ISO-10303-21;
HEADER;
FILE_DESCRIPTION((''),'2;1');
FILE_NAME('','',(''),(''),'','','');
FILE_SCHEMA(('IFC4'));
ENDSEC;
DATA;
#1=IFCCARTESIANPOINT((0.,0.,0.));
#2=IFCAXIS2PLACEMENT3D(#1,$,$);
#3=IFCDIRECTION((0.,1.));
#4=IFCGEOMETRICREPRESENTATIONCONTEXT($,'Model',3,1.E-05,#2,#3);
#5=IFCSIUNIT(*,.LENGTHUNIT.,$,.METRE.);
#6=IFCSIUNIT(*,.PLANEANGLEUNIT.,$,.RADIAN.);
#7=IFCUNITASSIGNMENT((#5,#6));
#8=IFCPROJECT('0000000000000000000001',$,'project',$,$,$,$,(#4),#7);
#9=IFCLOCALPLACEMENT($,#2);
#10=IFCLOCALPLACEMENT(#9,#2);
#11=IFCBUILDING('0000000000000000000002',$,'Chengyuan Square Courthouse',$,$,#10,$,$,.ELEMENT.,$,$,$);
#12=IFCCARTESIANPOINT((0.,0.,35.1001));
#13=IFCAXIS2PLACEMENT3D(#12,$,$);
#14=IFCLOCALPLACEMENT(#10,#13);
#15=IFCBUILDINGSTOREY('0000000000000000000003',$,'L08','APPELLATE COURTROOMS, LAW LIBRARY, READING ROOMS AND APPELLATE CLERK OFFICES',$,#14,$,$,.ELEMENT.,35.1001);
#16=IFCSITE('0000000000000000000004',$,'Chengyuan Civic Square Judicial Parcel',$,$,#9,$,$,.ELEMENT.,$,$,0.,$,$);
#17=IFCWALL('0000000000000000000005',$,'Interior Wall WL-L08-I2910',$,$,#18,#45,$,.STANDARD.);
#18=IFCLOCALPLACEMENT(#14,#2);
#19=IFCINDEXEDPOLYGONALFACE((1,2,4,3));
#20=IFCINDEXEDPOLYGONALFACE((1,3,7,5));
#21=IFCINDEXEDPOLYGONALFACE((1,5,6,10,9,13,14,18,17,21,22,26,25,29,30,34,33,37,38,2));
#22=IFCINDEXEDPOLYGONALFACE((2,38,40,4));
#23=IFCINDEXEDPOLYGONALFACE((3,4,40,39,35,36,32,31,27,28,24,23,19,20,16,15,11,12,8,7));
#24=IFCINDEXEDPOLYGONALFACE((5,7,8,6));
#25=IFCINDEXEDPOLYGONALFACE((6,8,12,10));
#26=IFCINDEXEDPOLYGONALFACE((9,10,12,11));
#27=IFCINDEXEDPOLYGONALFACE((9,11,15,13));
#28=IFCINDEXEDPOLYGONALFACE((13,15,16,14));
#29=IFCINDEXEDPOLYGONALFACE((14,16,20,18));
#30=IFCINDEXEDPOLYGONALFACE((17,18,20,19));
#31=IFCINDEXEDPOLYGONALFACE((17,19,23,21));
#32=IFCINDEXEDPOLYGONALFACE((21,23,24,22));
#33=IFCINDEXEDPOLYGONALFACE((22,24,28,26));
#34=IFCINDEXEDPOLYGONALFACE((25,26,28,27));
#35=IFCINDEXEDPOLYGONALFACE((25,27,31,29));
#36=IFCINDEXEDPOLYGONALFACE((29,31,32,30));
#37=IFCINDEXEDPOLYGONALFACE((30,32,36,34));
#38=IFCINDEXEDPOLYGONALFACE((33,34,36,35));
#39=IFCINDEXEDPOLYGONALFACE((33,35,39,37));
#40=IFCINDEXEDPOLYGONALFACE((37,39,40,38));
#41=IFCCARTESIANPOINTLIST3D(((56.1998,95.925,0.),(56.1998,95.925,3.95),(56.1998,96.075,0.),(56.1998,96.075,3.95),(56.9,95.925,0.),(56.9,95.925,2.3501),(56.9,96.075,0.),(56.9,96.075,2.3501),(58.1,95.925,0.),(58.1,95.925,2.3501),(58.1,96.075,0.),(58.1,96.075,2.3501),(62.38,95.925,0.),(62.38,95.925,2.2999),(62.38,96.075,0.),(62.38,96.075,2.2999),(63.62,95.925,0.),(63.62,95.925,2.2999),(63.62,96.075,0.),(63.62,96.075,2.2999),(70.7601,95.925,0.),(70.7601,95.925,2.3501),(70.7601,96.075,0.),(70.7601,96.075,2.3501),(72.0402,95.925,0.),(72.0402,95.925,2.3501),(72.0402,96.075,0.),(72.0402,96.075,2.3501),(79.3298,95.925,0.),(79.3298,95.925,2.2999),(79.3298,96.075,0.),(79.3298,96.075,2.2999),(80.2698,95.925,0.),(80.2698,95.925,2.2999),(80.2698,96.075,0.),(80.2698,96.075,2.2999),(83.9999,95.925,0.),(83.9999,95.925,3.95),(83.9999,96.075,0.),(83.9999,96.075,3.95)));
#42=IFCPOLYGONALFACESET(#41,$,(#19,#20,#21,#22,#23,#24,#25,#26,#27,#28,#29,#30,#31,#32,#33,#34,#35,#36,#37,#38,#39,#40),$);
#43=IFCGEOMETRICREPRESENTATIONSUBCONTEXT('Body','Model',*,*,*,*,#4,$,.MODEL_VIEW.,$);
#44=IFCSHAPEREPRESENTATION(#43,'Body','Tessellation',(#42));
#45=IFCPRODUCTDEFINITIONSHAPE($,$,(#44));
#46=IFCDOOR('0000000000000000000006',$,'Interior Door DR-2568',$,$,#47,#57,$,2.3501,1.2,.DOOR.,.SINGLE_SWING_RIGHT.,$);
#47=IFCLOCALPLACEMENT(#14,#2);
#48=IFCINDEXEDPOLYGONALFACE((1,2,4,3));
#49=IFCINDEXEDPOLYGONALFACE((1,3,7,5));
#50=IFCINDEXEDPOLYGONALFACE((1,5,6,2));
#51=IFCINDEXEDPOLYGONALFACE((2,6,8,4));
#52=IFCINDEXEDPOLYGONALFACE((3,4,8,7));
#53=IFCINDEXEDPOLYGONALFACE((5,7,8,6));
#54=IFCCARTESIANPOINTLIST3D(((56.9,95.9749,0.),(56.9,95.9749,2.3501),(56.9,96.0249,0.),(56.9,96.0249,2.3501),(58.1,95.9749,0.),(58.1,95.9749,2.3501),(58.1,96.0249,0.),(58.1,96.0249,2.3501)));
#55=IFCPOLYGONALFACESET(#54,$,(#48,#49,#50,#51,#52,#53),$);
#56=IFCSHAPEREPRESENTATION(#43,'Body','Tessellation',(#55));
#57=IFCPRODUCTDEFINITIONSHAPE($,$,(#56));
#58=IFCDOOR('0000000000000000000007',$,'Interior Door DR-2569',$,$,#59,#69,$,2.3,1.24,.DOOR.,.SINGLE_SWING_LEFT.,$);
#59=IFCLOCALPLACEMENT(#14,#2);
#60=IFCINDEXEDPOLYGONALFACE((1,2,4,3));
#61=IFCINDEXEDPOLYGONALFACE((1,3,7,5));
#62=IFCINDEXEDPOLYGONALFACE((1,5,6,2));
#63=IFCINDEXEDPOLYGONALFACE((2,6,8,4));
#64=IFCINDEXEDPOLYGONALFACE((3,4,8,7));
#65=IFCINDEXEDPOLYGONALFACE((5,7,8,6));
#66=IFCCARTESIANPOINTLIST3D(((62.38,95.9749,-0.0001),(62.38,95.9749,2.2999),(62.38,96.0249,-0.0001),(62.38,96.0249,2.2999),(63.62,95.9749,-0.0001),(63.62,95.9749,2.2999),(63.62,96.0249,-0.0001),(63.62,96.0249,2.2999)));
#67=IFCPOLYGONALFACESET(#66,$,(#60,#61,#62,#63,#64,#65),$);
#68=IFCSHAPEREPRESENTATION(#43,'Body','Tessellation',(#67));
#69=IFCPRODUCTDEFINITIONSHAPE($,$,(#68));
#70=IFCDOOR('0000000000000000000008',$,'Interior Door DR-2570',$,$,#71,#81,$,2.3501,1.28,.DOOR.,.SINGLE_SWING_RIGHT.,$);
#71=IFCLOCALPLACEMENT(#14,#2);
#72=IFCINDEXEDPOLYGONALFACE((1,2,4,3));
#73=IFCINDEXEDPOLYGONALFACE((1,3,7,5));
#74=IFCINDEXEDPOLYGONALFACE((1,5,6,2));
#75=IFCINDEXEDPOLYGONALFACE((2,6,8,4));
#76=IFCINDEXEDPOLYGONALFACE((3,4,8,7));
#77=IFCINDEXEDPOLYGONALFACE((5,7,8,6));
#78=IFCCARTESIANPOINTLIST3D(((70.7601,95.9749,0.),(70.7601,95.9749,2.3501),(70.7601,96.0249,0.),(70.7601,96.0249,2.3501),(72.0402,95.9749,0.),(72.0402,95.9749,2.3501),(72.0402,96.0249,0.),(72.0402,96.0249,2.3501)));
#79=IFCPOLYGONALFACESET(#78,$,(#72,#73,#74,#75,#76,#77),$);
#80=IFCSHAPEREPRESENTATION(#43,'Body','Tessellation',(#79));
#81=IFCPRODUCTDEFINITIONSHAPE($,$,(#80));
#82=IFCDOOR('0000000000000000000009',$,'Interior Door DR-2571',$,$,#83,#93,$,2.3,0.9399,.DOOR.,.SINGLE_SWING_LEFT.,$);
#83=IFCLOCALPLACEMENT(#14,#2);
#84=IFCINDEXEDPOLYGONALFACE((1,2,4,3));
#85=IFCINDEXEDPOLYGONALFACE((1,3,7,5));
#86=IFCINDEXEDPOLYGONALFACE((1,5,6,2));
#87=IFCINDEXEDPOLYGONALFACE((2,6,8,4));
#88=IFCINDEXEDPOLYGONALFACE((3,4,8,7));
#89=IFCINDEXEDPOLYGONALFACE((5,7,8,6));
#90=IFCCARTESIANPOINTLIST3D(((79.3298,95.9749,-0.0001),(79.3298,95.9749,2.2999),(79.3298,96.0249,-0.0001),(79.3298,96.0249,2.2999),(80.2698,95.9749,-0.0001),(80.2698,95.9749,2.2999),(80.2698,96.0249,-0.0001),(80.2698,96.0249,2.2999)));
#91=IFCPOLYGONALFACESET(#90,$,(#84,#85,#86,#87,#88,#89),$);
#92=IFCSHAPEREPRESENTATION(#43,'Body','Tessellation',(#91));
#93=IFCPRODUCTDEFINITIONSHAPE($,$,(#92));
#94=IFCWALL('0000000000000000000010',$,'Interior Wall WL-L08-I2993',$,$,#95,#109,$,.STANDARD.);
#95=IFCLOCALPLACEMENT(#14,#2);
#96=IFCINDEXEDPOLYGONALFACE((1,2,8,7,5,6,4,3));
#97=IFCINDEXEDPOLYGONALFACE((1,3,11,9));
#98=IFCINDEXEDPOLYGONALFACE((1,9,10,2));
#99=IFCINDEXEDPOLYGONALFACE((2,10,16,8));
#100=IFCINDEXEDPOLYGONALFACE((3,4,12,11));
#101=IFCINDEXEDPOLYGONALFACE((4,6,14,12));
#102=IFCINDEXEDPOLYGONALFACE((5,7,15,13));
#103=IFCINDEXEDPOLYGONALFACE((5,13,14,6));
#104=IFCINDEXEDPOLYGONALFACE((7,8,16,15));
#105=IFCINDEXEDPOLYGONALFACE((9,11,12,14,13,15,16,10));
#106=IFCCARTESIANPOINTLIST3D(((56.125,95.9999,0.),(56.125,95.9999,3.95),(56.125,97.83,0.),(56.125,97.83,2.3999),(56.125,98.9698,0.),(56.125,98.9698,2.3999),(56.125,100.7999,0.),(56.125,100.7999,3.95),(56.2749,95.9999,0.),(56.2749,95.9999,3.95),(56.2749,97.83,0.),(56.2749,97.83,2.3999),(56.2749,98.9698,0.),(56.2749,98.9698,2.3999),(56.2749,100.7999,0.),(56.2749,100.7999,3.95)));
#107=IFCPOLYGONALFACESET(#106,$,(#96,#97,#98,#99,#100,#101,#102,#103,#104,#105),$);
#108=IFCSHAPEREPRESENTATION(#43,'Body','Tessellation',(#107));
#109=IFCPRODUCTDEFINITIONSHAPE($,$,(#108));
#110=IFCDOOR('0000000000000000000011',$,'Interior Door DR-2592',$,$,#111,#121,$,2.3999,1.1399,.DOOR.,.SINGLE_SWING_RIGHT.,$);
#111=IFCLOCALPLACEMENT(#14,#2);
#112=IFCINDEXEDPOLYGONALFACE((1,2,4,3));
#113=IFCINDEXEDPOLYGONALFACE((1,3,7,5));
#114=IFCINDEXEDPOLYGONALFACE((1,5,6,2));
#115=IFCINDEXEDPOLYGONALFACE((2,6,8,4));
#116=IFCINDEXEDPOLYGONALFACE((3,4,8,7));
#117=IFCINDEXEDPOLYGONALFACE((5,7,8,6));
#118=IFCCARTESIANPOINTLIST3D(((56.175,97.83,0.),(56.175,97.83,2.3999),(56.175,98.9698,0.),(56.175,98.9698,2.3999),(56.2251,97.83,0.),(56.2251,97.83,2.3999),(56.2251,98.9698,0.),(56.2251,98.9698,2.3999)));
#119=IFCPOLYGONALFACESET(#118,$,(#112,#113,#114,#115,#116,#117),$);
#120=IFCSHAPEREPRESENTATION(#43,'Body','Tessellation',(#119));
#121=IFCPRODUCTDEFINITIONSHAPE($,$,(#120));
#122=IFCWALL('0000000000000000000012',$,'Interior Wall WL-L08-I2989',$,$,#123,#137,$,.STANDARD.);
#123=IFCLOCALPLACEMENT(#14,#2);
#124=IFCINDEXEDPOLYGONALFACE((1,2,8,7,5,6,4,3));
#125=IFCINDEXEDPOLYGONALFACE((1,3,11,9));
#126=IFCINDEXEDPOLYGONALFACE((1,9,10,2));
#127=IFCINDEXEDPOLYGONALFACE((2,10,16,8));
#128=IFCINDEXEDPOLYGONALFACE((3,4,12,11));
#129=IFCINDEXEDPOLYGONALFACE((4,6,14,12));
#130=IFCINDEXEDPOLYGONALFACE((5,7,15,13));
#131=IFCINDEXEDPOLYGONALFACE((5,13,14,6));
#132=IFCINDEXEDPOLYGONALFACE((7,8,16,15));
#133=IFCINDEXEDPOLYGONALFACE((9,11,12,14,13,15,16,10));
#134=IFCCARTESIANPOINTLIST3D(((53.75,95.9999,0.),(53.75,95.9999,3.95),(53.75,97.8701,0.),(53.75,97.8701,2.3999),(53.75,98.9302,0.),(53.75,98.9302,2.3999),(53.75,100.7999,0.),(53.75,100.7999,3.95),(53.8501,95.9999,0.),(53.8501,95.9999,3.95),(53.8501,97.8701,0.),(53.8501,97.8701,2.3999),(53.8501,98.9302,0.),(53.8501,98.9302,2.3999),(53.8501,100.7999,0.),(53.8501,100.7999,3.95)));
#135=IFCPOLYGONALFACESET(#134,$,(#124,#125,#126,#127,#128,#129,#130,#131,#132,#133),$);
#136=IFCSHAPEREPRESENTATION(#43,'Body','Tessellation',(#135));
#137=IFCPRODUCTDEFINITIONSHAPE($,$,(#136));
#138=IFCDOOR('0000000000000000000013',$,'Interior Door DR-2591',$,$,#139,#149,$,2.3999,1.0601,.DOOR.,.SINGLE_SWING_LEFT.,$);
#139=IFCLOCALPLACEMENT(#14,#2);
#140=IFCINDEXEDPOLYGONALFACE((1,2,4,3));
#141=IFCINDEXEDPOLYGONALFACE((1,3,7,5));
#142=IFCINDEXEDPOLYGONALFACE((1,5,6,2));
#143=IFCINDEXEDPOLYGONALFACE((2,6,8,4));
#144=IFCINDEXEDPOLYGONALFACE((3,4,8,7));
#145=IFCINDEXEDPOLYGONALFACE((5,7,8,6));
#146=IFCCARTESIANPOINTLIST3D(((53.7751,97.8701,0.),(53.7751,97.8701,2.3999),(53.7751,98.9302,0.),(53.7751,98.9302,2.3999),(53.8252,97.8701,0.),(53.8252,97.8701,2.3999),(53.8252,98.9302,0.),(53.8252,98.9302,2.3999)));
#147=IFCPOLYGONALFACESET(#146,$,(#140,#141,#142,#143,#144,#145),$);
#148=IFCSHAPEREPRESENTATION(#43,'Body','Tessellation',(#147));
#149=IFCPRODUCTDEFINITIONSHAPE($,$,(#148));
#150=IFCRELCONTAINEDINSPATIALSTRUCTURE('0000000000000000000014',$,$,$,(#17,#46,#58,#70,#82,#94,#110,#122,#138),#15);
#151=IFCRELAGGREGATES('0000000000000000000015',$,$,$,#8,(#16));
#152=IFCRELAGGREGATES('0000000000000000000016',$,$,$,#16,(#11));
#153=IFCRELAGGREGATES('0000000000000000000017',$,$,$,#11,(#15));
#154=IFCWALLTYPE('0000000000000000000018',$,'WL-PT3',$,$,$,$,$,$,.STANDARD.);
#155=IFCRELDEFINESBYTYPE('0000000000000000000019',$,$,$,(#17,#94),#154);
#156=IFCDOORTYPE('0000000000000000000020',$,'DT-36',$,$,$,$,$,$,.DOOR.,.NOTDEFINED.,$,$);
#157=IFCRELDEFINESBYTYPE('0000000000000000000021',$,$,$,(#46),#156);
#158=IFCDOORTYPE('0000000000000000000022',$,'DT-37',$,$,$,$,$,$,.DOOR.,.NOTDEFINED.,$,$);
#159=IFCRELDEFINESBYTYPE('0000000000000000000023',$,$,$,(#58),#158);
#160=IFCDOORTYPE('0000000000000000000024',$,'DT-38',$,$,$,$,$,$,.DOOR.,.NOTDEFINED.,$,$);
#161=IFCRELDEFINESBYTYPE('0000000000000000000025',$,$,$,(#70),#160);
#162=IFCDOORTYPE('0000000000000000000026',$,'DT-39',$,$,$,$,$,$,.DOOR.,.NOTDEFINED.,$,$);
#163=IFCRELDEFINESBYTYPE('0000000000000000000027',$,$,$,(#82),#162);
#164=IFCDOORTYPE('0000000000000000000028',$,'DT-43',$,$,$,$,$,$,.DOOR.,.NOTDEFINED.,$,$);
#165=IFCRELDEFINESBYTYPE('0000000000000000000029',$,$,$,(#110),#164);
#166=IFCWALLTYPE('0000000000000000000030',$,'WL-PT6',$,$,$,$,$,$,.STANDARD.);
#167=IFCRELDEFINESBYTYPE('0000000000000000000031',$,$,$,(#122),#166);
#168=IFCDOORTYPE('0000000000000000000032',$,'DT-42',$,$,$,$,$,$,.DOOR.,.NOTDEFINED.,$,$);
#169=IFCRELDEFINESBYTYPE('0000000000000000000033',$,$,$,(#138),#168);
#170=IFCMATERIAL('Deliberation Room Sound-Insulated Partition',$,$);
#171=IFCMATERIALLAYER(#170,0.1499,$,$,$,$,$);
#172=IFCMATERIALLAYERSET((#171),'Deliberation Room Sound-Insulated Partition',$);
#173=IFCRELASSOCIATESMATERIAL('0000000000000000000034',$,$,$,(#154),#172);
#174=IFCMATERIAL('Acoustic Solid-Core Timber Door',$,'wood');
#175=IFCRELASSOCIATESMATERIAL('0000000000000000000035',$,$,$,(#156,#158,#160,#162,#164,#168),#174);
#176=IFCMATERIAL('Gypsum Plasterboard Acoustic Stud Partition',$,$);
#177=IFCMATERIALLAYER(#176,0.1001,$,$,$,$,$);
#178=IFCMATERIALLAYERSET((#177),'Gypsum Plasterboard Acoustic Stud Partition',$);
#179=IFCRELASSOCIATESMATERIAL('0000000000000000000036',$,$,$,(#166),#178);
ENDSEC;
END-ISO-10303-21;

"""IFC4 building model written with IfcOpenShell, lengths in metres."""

from ifc_helpers import new_model, si_unit, direction, frame, frame_2d, origin, place, context, subcontext, project, spatial, rectangle, extrude, material, layer, layer_set, type_object, element, fill, save


model = new_model("IFC4")

# Units and contexts
model_context = context("Model", 3, precision=1e-05, world=origin(), true_north=direction((0.0, 1.0)))
body_context = subcontext(model_context, "Body", "Model", "MODEL_VIEW")
ifc_project = project(units=[si_unit("LENGTHUNIT", "METRE"), si_unit("PLANEANGLEUNIT", "RADIAN")], contexts=[model_context])

# Site, building, storey
site_placement = place(None, origin())
site = spatial("IfcSite", under=ifc_project, at=site_placement, Name="Chengyuan Civic Square Judicial Parcel", CompositionType="ELEMENT", RefElevation=0.0)
building_placement = place(site_placement, origin())
building = spatial("IfcBuilding", under=site, at=building_placement, Name="Chengyuan Square Courthouse", CompositionType="ELEMENT")
storey_placement = place(building_placement, frame((0.0, 0.0, 35.1001)))
storey = spatial("IfcBuildingStorey", under=building, at=storey_placement, Name="L08", Description="APPELLATE COURTROOMS, LAW LIBRARY, READING ROOMS AND APPELLATE CLERK OFFICES", CompositionType="ELEMENT", Elevation=35.1001)

# Wall, openings, doors
ifc_material_1 = material(Name="Deliberation Room Sound-Insulated Partition")
ifc_layer_1 = layer(ifc_material_1, 0.1499)
ifc_layer_set_1 = layer_set([ifc_layer_1], Name="Deliberation Room Sound-Insulated Partition")
wall_type_1 = type_object("IfcWallType", Name="WL-PT3", PredefinedType="STANDARD", material=ifc_layer_set_1)
wall_1_placement = place(storey_placement, frame((56.2, 96.0, 0.0), z_axis=(0.0, 0.0, 1.0), x_axis=(1.0, 0.0, 0.0)))
wall_1 = element("IfcWall", 1, at=wall_1_placement, inside=storey, type_object=wall_type_1, Name="Interior Wall WL-L08-I2910", PredefinedType="STANDARD", context=body_context, shape_type="SweptSolid", body=[
    extrude(rectangle(XDim=27.8, YDim=0.1499, at=frame_2d((13.8999, 0.0))), origin(), (0.0, 0.0, 1.0), 3.95),
])
opening_1_placement = place(wall_1_placement, frame((0.7, 0.0, 0.0)))
opening_1 = element("IfcOpeningElement", 2, at=opening_1_placement, cuts=wall_1, PredefinedType="OPENING", context=body_context, shape_type="SweptSolid", body=[
    extrude(rectangle(XDim=1.2, YDim=2.3501, at=frame_2d((0.6001, 1.175))), frame((0.0, 0.0869, 0.0), z_axis=(0.0, -1.0, 0.0), x_axis=(1.0, 0.0, 0.0)), (0.0, 0.0, 1.0), 0.1738),
])
opening_2_placement = place(wall_1_placement, frame((6.1799, 0.0, 0.0)))
opening_2 = element("IfcOpeningElement", 3, at=opening_2_placement, cuts=wall_1, PredefinedType="OPENING", context=body_context, shape_type="SweptSolid", body=[
    extrude(rectangle(XDim=1.24, YDim=2.3, at=frame_2d((0.6201, 1.1499))), frame((0.0, 0.0869, 0.0), z_axis=(0.0, -1.0, 0.0), x_axis=(1.0, 0.0, 0.0)), (0.0, 0.0, 1.0), 0.1738),
])
opening_3_placement = place(wall_1_placement, frame((14.5601, 0.0, 0.0)))
opening_3 = element("IfcOpeningElement", 4, at=opening_3_placement, cuts=wall_1, PredefinedType="OPENING", context=body_context, shape_type="SweptSolid", body=[
    extrude(rectangle(XDim=1.28, YDim=2.3501, at=frame_2d((0.6401, 1.175))), frame((0.0, 0.0869, 0.0), z_axis=(0.0, -1.0, 0.0), x_axis=(1.0, 0.0, 0.0)), (0.0, 0.0, 1.0), 0.1738),
])
opening_4_placement = place(wall_1_placement, frame((23.1299, 0.0, 0.0)))
opening_4 = element("IfcOpeningElement", 5, at=opening_4_placement, cuts=wall_1, PredefinedType="OPENING", context=body_context, shape_type="SweptSolid", body=[
    extrude(rectangle(XDim=0.9399, YDim=2.3, at=frame_2d((0.47, 1.1499))), frame((0.0, 0.0869, 0.0), z_axis=(0.0, -1.0, 0.0), x_axis=(1.0, 0.0, 0.0)), (0.0, 0.0, 1.0), 0.1738),
])
ifc_material_2 = material(Name="Acoustic Solid-Core Timber Door", Category="wood")
door_type_1 = type_object("IfcDoorType", Name="DT-36", OperationType="NOTDEFINED", PredefinedType="DOOR", material=ifc_material_2)
door_1_placement = place(opening_1_placement, origin())
door_1 = element("IfcDoor", 6, at=door_1_placement, inside=storey, type_object=door_type_1, Name="Interior Door DR-2568", OperationType="SINGLE_SWING_RIGHT", OverallHeight=2.3501, OverallWidth=1.2, PredefinedType="DOOR", context=body_context, shape_type="SweptSolid", body=[
    extrude(rectangle(XDim=1.2, YDim=2.3501, at=frame_2d((0.6001, 1.175))), frame((0.0, 0.0249, 0.0), z_axis=(0.0, -1.0, 0.0), x_axis=(1.0, 0.0, 0.0)), (0.0, 0.0, 1.0), 0.05),
])
fill(opening_1, door_1)
door_type_2 = type_object("IfcDoorType", Name="DT-37", OperationType="NOTDEFINED", PredefinedType="DOOR", material=ifc_material_2)
door_2_placement = place(opening_2_placement, origin())
door_2 = element("IfcDoor", 7, at=door_2_placement, inside=storey, type_object=door_type_2, Name="Interior Door DR-2569", OperationType="SINGLE_SWING_LEFT", OverallHeight=2.3, OverallWidth=1.24, PredefinedType="DOOR", context=body_context, shape_type="SweptSolid", body=[
    extrude(rectangle(XDim=1.24, YDim=2.3, at=frame_2d((0.6201, 1.1499))), frame((0.0, 0.0249, 0.0), z_axis=(0.0, -1.0, 0.0), x_axis=(1.0, 0.0, 0.0)), (0.0, 0.0, 1.0), 0.05),
])
fill(opening_2, door_2)
door_type_3 = type_object("IfcDoorType", Name="DT-38", OperationType="NOTDEFINED", PredefinedType="DOOR", material=ifc_material_2)
door_3_placement = place(opening_3_placement, origin())
door_3 = element("IfcDoor", 8, at=door_3_placement, inside=storey, type_object=door_type_3, Name="Interior Door DR-2570", OperationType="SINGLE_SWING_RIGHT", OverallHeight=2.3501, OverallWidth=1.28, PredefinedType="DOOR", context=body_context, shape_type="SweptSolid", body=[
    extrude(rectangle(XDim=1.28, YDim=2.3501, at=frame_2d((0.6401, 1.175))), frame((0.0, 0.0249, 0.0), z_axis=(0.0, -1.0, 0.0), x_axis=(1.0, 0.0, 0.0)), (0.0, 0.0, 1.0), 0.05),
])
fill(opening_3, door_3)
door_type_4 = type_object("IfcDoorType", Name="DT-39", OperationType="NOTDEFINED", PredefinedType="DOOR", material=ifc_material_2)
door_4_placement = place(opening_4_placement, origin())
door_4 = element("IfcDoor", 9, at=door_4_placement, inside=storey, type_object=door_type_4, Name="Interior Door DR-2571", OperationType="SINGLE_SWING_LEFT", OverallHeight=2.3, OverallWidth=0.9399, PredefinedType="DOOR", context=body_context, shape_type="SweptSolid", body=[
    extrude(rectangle(XDim=0.9399, YDim=2.3, at=frame_2d((0.47, 1.1499))), frame((0.0, 0.0249, 0.0), z_axis=(0.0, -1.0, 0.0), x_axis=(1.0, 0.0, 0.0)), (0.0, 0.0, 1.0), 0.05),
])
fill(opening_4, door_4)

# Walls, openings, doors
wall_2_placement = place(storey_placement, frame((56.2, 96.0, 0.0), z_axis=(0.0, 0.0, 1.0), x_axis=(0.0, 1.0, 0.0)))
wall_2 = element("IfcWall", 10, at=wall_2_placement, inside=storey, type_object=wall_type_1, Name="Interior Wall WL-L08-I2993", PredefinedType="STANDARD", context=body_context, shape_type="SweptSolid", body=[
    extrude(rectangle(XDim=4.8, YDim=0.1499, at=frame_2d((2.3999, 0.0))), origin(), (0.0, 0.0, 1.0), 3.95),
])
opening_5_placement = place(wall_2_placement, frame((1.8301, 0.0, 0.0)))
opening_5 = element("IfcOpeningElement", 11, at=opening_5_placement, cuts=wall_2, PredefinedType="OPENING", context=body_context, shape_type="SweptSolid", body=[
    extrude(rectangle(XDim=1.1399, YDim=2.3999, at=frame_2d((0.5698, 1.2))), frame((0.0, 0.0869, 0.0), z_axis=(0.0, -1.0, 0.0), x_axis=(1.0, 0.0, 0.0)), (0.0, 0.0, 1.0), 0.1738),
])
door_type_5 = type_object("IfcDoorType", Name="DT-43", OperationType="NOTDEFINED", PredefinedType="DOOR", material=ifc_material_2)
door_5_placement = place(opening_5_placement, origin())
door_5 = element("IfcDoor", 12, at=door_5_placement, inside=storey, type_object=door_type_5, Name="Interior Door DR-2592", OperationType="SINGLE_SWING_RIGHT", OverallHeight=2.3999, OverallWidth=1.1399, PredefinedType="DOOR", context=body_context, shape_type="SweptSolid", body=[
    extrude(rectangle(XDim=1.1399, YDim=2.3999, at=frame_2d((0.5698, 1.2))), frame((0.0, 0.0249, 0.0), z_axis=(0.0, -1.0, 0.0), x_axis=(1.0, 0.0, 0.0)), (0.0, 0.0, 1.0), 0.05),
])
fill(opening_5, door_5)
ifc_material_3 = material(Name="Gypsum Plasterboard Acoustic Stud Partition")
ifc_layer_2 = layer(ifc_material_3, 0.1001)
ifc_layer_set_2 = layer_set([ifc_layer_2], Name="Gypsum Plasterboard Acoustic Stud Partition")
wall_type_2 = type_object("IfcWallType", Name="WL-PT6", PredefinedType="STANDARD", material=ifc_layer_set_2)
wall_3_placement = place(storey_placement, frame((53.8, 96.0, 0.0), z_axis=(0.0, 0.0, 1.0), x_axis=(0.0, 1.0, 0.0)))
wall_3 = element("IfcWall", 13, at=wall_3_placement, inside=storey, type_object=wall_type_2, Name="Interior Wall WL-L08-I2989", PredefinedType="STANDARD", context=body_context, shape_type="SweptSolid", body=[
    extrude(rectangle(XDim=4.8, YDim=0.1001, at=frame_2d((2.3999, 0.0))), origin(), (0.0, 0.0, 1.0), 3.95),
])
opening_6_placement = place(wall_3_placement, frame((1.8701, 0.0, 0.0)))
opening_6 = element("IfcOpeningElement", 14, at=opening_6_placement, cuts=wall_3, PredefinedType="OPENING", context=body_context, shape_type="SweptSolid", body=[
    extrude(rectangle(XDim=1.0601, YDim=2.3999, at=frame_2d((0.53, 1.2))), frame((0.0, 0.062, 0.0), z_axis=(0.0, -1.0, 0.0), x_axis=(1.0, 0.0, 0.0)), (0.0, 0.0, 1.0), 0.124),
])
door_type_6 = type_object("IfcDoorType", Name="DT-42", OperationType="NOTDEFINED", PredefinedType="DOOR", material=ifc_material_2)
door_6_placement = place(opening_6_placement, origin())
door_6 = element("IfcDoor", 15, at=door_6_placement, inside=storey, type_object=door_type_6, Name="Interior Door DR-2591", OperationType="SINGLE_SWING_LEFT", OverallHeight=2.3999, OverallWidth=1.0601, PredefinedType="DOOR", context=body_context, shape_type="SweptSolid", body=[
    extrude(rectangle(XDim=1.0601, YDim=2.3999, at=frame_2d((0.53, 1.2))), frame((0.0, 0.0249, 0.0), z_axis=(0.0, -1.0, 0.0), x_axis=(1.0, 0.0, 0.0)), (0.0, 0.0, 1.0), 0.05),
])
fill(opening_6, door_6)

save(model, "model.ifc")
